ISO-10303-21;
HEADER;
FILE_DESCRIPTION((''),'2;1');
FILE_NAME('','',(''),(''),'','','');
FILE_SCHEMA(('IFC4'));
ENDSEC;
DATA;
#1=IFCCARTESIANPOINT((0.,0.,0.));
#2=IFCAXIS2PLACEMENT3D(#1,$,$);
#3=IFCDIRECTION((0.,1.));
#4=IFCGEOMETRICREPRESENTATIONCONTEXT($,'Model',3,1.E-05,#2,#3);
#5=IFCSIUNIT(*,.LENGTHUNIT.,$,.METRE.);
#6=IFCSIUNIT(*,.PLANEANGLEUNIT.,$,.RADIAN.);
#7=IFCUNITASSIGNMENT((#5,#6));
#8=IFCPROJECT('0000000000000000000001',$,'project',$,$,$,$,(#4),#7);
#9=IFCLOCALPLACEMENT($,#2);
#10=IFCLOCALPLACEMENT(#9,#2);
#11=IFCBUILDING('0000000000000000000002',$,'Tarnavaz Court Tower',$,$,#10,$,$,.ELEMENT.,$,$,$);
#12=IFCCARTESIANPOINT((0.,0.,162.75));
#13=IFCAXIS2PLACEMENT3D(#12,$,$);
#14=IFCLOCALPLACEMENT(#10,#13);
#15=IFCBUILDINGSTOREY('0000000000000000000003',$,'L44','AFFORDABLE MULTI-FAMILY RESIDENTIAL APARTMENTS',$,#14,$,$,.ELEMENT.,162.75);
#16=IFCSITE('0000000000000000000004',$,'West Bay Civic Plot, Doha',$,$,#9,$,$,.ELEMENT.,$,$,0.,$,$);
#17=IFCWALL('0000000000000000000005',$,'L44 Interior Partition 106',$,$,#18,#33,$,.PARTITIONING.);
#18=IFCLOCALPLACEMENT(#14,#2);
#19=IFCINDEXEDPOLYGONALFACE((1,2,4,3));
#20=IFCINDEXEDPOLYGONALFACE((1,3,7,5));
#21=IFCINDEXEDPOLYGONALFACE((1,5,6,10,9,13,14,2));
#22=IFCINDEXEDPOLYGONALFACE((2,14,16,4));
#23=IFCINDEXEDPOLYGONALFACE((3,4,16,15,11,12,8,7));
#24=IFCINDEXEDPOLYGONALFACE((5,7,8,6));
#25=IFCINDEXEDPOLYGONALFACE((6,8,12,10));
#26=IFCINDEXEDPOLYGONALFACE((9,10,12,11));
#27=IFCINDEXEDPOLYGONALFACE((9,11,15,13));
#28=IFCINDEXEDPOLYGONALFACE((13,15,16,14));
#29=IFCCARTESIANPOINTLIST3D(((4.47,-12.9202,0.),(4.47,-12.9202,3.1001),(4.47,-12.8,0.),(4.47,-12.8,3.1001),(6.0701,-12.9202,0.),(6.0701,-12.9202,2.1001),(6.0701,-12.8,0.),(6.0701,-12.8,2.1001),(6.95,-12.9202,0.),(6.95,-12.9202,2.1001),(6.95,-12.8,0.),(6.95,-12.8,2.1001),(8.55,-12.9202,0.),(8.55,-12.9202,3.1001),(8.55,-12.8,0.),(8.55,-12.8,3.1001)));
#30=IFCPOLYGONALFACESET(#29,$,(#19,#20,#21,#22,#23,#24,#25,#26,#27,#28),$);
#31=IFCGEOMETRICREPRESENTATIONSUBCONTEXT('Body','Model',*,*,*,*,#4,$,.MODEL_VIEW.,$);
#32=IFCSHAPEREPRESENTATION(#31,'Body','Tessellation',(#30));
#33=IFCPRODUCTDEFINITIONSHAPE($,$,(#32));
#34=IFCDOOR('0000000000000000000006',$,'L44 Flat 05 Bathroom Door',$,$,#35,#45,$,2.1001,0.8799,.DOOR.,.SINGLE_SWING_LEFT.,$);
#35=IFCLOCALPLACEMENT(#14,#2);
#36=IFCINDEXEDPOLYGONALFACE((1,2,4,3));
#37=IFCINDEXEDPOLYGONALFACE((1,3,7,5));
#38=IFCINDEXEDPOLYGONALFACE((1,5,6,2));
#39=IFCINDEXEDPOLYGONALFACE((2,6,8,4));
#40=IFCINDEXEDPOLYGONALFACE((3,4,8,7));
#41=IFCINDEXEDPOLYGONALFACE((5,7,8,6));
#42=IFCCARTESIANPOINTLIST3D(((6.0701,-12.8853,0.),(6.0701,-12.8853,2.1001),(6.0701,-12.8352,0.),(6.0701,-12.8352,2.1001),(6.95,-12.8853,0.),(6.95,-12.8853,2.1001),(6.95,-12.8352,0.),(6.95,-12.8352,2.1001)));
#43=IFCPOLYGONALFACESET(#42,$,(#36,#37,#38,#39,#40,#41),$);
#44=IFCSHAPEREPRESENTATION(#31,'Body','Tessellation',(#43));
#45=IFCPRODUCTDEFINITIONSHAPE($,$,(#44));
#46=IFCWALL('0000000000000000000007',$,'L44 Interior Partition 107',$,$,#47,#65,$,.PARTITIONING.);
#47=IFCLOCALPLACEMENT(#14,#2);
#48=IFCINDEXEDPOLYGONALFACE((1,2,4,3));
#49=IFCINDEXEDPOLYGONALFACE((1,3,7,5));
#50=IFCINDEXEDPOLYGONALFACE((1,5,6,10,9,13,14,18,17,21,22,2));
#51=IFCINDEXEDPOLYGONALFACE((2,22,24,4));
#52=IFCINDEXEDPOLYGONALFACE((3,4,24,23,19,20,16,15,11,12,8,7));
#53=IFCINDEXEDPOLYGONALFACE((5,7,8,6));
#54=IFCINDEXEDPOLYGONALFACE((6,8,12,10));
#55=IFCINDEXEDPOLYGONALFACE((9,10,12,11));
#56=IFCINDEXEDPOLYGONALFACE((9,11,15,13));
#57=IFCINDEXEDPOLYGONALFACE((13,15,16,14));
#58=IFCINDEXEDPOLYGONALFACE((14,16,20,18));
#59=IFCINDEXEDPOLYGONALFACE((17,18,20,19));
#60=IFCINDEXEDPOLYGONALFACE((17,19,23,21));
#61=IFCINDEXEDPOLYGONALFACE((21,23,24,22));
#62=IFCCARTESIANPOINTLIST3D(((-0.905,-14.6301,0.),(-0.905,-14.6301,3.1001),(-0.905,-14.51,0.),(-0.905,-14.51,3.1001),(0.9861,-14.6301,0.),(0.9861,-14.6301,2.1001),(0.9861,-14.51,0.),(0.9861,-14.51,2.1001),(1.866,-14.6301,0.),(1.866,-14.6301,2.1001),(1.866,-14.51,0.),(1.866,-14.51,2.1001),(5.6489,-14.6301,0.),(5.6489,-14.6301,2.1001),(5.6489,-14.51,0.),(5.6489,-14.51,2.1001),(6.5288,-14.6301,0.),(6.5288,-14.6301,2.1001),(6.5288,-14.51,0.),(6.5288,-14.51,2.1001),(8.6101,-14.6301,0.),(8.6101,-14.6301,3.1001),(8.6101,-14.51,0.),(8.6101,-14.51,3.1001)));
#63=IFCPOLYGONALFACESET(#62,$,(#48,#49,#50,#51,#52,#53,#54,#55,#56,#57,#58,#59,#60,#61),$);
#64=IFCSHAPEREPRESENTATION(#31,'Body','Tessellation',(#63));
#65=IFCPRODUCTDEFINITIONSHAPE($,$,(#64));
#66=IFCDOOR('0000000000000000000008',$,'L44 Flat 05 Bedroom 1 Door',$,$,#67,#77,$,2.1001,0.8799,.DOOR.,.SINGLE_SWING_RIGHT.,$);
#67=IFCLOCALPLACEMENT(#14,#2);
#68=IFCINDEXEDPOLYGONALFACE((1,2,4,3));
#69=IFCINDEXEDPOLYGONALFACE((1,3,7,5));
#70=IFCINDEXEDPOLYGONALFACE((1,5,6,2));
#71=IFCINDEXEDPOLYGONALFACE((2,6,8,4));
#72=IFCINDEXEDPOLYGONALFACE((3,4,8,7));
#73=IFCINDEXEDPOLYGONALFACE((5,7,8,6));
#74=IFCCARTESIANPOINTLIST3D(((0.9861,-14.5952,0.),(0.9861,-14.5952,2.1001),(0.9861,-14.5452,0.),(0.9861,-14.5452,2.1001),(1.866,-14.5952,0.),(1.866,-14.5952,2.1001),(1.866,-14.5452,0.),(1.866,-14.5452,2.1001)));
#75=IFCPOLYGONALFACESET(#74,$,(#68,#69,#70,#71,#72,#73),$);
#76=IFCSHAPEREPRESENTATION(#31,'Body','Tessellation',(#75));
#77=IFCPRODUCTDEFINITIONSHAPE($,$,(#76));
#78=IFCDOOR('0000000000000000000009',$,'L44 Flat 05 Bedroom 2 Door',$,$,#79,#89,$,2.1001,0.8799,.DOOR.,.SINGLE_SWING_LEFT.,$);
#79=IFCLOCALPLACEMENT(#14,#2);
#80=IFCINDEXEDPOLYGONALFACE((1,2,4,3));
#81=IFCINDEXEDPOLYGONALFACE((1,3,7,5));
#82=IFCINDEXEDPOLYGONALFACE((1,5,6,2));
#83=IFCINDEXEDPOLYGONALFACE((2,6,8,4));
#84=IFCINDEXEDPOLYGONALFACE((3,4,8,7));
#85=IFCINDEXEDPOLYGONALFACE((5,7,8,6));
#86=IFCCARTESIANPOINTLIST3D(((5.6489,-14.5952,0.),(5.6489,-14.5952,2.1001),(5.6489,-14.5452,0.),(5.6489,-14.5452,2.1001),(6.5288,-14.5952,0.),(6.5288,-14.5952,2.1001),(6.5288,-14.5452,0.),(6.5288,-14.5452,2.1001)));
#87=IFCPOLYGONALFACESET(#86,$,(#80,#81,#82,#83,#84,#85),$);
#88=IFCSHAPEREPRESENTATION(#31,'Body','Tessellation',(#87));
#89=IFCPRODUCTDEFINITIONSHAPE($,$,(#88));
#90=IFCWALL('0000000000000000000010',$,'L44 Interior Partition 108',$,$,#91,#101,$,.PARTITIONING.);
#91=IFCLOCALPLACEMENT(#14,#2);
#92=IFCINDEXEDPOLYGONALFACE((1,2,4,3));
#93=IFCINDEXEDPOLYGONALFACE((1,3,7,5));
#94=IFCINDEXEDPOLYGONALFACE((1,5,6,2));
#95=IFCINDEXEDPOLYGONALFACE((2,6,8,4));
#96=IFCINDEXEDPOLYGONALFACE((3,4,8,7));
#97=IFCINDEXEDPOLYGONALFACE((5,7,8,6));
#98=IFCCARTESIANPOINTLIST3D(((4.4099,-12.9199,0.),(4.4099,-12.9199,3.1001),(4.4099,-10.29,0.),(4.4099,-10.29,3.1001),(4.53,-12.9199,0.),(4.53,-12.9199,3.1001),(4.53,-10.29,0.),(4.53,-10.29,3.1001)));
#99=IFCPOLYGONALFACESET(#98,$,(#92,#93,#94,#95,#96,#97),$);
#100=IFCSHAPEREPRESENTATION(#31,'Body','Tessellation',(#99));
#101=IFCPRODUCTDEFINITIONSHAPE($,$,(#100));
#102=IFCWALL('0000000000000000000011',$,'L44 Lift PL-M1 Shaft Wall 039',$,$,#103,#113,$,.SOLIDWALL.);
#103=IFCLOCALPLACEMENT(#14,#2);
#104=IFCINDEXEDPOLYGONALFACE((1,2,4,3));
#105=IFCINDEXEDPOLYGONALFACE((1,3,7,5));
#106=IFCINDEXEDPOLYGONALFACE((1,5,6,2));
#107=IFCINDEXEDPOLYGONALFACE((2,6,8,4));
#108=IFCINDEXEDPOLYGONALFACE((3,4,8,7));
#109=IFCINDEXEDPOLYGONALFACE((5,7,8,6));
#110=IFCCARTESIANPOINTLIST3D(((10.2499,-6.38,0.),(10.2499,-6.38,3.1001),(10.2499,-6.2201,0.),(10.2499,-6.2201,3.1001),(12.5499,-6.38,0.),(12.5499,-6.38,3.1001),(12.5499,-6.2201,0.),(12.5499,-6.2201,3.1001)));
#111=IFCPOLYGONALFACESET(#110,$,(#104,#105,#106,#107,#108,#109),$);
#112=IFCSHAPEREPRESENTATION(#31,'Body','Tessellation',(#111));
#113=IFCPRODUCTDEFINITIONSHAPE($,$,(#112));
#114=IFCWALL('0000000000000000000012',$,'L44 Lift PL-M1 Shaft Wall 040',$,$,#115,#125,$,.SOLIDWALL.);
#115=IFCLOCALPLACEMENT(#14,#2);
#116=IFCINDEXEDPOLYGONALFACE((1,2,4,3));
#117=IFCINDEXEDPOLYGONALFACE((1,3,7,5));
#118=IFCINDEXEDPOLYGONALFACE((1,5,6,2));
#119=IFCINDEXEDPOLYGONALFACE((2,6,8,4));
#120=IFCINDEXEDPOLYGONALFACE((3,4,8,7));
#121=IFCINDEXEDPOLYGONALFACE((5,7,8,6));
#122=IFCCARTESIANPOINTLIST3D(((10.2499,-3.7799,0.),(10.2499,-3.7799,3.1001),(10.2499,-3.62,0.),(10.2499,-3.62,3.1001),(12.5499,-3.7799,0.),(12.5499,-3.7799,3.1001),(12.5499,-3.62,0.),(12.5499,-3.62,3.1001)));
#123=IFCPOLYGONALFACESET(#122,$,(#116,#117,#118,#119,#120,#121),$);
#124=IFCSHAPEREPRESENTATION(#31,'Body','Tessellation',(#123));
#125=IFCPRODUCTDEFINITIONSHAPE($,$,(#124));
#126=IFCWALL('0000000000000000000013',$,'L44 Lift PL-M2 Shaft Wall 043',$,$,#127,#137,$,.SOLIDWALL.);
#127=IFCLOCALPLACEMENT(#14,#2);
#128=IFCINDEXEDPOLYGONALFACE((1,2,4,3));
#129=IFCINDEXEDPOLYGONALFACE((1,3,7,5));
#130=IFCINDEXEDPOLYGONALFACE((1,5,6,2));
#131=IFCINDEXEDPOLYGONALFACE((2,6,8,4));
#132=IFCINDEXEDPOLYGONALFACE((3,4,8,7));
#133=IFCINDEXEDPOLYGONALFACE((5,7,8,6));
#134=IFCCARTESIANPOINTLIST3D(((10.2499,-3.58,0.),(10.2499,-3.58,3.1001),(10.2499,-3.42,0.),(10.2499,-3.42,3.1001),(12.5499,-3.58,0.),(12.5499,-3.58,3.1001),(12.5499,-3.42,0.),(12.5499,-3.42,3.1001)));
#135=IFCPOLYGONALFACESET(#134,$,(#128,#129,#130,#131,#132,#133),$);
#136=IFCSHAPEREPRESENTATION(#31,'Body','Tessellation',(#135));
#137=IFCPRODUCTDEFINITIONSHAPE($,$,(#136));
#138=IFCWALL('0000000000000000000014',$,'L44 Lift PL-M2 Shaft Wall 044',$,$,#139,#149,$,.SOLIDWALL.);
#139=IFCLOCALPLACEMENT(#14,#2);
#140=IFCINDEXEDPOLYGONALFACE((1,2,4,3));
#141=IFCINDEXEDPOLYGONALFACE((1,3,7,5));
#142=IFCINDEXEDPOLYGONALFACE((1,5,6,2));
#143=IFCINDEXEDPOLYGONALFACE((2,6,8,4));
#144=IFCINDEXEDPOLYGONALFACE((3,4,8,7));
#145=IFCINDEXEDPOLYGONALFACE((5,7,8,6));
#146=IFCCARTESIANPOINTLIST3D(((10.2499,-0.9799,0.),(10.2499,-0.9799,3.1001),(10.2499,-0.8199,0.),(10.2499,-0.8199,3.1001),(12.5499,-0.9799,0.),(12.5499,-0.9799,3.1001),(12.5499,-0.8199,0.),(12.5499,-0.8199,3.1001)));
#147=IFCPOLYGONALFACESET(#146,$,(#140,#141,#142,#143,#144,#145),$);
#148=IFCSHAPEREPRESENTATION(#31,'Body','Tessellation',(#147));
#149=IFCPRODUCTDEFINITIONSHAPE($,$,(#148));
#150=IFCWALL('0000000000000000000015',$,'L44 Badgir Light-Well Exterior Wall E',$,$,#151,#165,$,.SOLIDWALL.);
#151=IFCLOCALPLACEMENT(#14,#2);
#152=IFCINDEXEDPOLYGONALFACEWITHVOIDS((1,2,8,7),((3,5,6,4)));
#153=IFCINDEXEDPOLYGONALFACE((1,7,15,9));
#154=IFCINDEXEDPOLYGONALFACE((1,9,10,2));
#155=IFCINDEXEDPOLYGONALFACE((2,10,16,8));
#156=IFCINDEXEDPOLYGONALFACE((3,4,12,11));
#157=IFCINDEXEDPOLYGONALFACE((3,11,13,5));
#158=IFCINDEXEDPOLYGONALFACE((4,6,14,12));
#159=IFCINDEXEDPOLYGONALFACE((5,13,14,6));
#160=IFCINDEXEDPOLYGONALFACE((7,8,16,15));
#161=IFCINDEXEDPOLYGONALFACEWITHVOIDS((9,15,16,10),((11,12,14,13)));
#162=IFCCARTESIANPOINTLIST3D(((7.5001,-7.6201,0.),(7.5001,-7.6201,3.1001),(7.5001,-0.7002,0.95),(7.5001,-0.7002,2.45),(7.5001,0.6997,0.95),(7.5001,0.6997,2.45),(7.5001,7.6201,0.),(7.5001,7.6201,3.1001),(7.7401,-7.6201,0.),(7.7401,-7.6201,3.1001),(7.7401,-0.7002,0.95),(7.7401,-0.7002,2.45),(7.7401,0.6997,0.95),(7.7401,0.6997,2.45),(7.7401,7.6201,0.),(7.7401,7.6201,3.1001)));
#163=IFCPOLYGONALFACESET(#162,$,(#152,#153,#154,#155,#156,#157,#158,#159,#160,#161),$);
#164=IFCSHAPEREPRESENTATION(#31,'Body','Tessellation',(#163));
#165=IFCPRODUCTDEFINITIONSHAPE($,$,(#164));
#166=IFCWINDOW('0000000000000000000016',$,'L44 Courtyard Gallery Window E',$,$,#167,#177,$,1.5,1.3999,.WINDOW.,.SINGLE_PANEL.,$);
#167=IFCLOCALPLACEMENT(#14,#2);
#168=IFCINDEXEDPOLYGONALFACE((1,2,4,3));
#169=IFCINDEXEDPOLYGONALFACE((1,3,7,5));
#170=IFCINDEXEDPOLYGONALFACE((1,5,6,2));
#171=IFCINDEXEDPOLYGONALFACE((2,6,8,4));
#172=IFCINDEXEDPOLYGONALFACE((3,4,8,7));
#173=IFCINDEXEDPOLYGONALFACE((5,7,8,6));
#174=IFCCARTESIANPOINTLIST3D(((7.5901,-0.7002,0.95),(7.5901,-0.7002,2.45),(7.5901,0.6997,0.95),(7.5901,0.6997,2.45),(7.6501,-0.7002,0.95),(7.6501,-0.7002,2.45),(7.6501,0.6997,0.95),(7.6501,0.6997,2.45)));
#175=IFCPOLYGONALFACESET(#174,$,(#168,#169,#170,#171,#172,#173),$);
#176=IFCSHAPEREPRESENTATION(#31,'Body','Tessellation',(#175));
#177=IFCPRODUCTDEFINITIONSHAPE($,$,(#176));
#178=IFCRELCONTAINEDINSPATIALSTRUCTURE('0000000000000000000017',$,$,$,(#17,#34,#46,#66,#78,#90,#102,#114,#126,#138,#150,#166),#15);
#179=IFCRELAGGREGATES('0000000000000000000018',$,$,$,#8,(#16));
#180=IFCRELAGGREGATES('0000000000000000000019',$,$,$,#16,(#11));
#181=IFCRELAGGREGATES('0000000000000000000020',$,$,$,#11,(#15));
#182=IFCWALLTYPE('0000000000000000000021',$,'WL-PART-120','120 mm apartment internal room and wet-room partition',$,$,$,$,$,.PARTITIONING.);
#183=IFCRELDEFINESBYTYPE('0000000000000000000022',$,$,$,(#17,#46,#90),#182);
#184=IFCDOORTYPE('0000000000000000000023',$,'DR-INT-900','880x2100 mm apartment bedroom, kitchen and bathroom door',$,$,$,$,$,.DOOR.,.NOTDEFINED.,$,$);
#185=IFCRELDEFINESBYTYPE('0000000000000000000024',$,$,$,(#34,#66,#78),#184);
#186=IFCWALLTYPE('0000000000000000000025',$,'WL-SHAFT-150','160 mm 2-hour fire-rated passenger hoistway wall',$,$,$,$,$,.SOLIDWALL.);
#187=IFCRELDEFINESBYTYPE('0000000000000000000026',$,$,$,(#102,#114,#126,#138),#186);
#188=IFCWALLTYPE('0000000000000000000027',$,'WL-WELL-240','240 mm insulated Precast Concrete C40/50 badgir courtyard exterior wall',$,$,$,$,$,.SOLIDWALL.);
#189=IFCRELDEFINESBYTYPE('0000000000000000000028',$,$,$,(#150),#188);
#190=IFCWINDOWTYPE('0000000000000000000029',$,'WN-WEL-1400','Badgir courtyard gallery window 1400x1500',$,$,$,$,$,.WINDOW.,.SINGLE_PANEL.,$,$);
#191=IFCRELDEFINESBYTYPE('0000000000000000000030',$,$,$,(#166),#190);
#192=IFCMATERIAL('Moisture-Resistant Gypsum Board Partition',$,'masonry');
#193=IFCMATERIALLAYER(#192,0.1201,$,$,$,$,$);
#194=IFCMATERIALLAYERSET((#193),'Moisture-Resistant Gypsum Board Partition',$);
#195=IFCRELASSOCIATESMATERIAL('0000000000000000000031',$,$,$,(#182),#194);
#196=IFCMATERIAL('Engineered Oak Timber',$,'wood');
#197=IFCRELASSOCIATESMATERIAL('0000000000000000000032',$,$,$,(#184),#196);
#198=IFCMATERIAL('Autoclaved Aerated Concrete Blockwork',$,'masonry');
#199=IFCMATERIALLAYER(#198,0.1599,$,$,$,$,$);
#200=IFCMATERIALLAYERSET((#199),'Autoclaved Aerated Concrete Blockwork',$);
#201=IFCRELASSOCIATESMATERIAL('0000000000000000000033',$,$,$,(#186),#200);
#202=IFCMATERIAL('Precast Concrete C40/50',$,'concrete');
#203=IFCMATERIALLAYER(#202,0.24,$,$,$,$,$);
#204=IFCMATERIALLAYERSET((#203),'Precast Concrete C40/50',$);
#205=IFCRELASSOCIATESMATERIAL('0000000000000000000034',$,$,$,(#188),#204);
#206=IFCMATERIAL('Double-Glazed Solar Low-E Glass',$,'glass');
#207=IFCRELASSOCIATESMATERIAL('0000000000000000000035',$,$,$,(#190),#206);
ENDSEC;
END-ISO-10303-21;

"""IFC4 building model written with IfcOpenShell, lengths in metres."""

from ifc_helpers import new_model, si_unit, direction, frame, frame_2d, origin, place, context, subcontext, project, spatial, rectangle, extrude, material, layer, layer_set, type_object, element, fill, save


model = new_model("IFC4")

# Units and contexts
model_context = context("Model", 3, precision=1e-05, world=origin(), true_north=direction((0.0, 1.0)))
body_context = subcontext(model_context, "Body", "Model", "MODEL_VIEW")
ifc_project = project(units=[si_unit("LENGTHUNIT", "METRE"), si_unit("PLANEANGLEUNIT", "RADIAN")], contexts=[model_context])

# Site, building, storey
site_placement = place(None, origin())
site = spatial("IfcSite", under=ifc_project, at=site_placement, Name="West Bay Civic Plot, Doha", CompositionType="ELEMENT", RefElevation=0.0)
building_placement = place(site_placement, origin())
building = spatial("IfcBuilding", under=site, at=building_placement, Name="Tarnavaz Court Tower", CompositionType="ELEMENT")
storey_placement = place(building_placement, frame((0.0, 0.0, 162.75)))
storey = spatial("IfcBuildingStorey", under=building, at=storey_placement, Name="L44", Description="AFFORDABLE MULTI-FAMILY RESIDENTIAL APARTMENTS", CompositionType="ELEMENT", Elevation=162.75)

# Wall, opening, door
ifc_material_1 = material(Name="Moisture-Resistant Gypsum Board Partition", Category="masonry")
ifc_layer_1 = layer(ifc_material_1, 0.1201)
ifc_layer_set_1 = layer_set([ifc_layer_1], Name="Moisture-Resistant Gypsum Board Partition")
wall_type_1 = type_object("IfcWallType", Name="WL-PART-120", Description="120 mm apartment internal room and wet-room partition", PredefinedType="PARTITIONING", material=ifc_layer_set_1)
ifc_material_2 = material(Name="Engineered Oak Timber", Category="wood")
door_type_1 = type_object("IfcDoorType", Name="DR-INT-900", Description="880x2100 mm apartment bedroom, kitchen and bathroom door", OperationType="NOTDEFINED", PredefinedType="DOOR", material=ifc_material_2)
wall_1_placement = place(storey_placement, frame((4.47, -12.8601, 0.0), z_axis=(0.0, 0.0, 1.0), x_axis=(1.0, 0.0, 0.0)))
wall_1 = element("IfcWall", 1, at=wall_1_placement, inside=storey, type_object=wall_type_1, Name="L44 Interior Partition 106", PredefinedType="PARTITIONING", context=body_context, shape_type="SweptSolid", body=[
    extrude(rectangle(XDim=4.0801, YDim=0.1201, at=frame_2d((2.04, 0.0))), origin(), (0.0, 0.0, 1.0), 3.1001),
])
opening_1_placement = place(wall_1_placement, frame((1.6001, 0.0, 0.0)))
opening_1 = element("IfcOpeningElement", 2, at=opening_1_placement, cuts=wall_1, PredefinedType="OPENING", context=body_context, shape_type="SweptSolid", body=[
    extrude(rectangle(XDim=0.8799, YDim=2.1001, at=frame_2d((0.4399, 1.05))), frame((0.0, 0.0701, 0.0), z_axis=(0.0, -1.0, 0.0), x_axis=(1.0, 0.0, 0.0)), (0.0, 0.0, 1.0), 0.1401),
])
door_1_placement = place(opening_1_placement, origin())
door_1 = element("IfcDoor", 3, at=door_1_placement, inside=storey, type_object=door_type_1, Name="L44 Flat 05 Bathroom Door", OperationType="SINGLE_SWING_LEFT", OverallHeight=2.1001, OverallWidth=0.8799, PredefinedType="DOOR", context=body_context, shape_type="SweptSolid", body=[
    extrude(rectangle(XDim=0.8799, YDim=2.1001, at=frame_2d((0.4399, 1.05))), frame((0.0, 0.0249, 0.0), z_axis=(0.0, -1.0, 0.0), x_axis=(1.0, 0.0, 0.0)), (0.0, 0.0, 1.0), 0.05),
])
fill(opening_1, door_1)

# Wall, openings, doors
wall_2_placement = place(storey_placement, frame((-0.905, -14.5701, 0.0), z_axis=(0.0, 0.0, 1.0), x_axis=(1.0, 0.0, 0.0)))
wall_2 = element("IfcWall", 4, at=wall_2_placement, inside=storey, type_object=wall_type_1, Name="L44 Interior Partition 107", PredefinedType="PARTITIONING", context=body_context, shape_type="SweptSolid", body=[
    extrude(rectangle(XDim=9.5151, YDim=0.1201, at=frame_2d((4.7576, 0.0))), origin(), (0.0, 0.0, 1.0), 3.1001),
])
opening_2_placement = place(wall_2_placement, frame((1.8911, 0.0, 0.0)))
opening_2 = element("IfcOpeningElement", 5, at=opening_2_placement, cuts=wall_2, PredefinedType="OPENING", context=body_context, shape_type="SweptSolid", body=[
    extrude(rectangle(XDim=0.8799, YDim=2.1001, at=frame_2d((0.4399, 1.05))), frame((0.0, 0.0701, 0.0), z_axis=(0.0, -1.0, 0.0), x_axis=(1.0, 0.0, 0.0)), (0.0, 0.0, 1.0), 0.1401),
])
opening_3_placement = place(wall_2_placement, frame((6.554, 0.0, 0.0)))
opening_3 = element("IfcOpeningElement", 6, at=opening_3_placement, cuts=wall_2, PredefinedType="OPENING", context=body_context, shape_type="SweptSolid", body=[
    extrude(rectangle(XDim=0.8799, YDim=2.1001, at=frame_2d((0.4399, 1.05))), frame((0.0, 0.0701, 0.0), z_axis=(0.0, -1.0, 0.0), x_axis=(1.0, 0.0, 0.0)), (0.0, 0.0, 1.0), 0.1401),
])
door_2_placement = place(opening_2_placement, origin())
door_2 = element("IfcDoor", 7, at=door_2_placement, inside=storey, type_object=door_type_1, Name="L44 Flat 05 Bedroom 1 Door", OperationType="SINGLE_SWING_RIGHT", OverallHeight=2.1001, OverallWidth=0.8799, PredefinedType="DOOR", context=body_context, shape_type="SweptSolid", body=[
    extrude(rectangle(XDim=0.8799, YDim=2.1001, at=frame_2d((0.4399, 1.05))), frame((0.0, 0.0249, 0.0), z_axis=(0.0, -1.0, 0.0), x_axis=(1.0, 0.0, 0.0)), (0.0, 0.0, 1.0), 0.05),
])
fill(opening_2, door_2)
door_3_placement = place(opening_3_placement, origin())
door_3 = element("IfcDoor", 8, at=door_3_placement, inside=storey, type_object=door_type_1, Name="L44 Flat 05 Bedroom 2 Door", OperationType="SINGLE_SWING_LEFT", OverallHeight=2.1001, OverallWidth=0.8799, PredefinedType="DOOR", context=body_context, shape_type="SweptSolid", body=[
    extrude(rectangle(XDim=0.8799, YDim=2.1001, at=frame_2d((0.4399, 1.05))), frame((0.0, 0.0249, 0.0), z_axis=(0.0, -1.0, 0.0), x_axis=(1.0, 0.0, 0.0)), (0.0, 0.0, 1.0), 0.05),
])
fill(opening_3, door_3)

# Wall
wall_3_placement = place(storey_placement, frame((4.47, -12.9199, 0.0), z_axis=(0.0, 0.0, 1.0), x_axis=(0.0, 1.0, 0.0)))
element("IfcWall", 9, at=wall_3_placement, inside=storey, type_object=wall_type_1, Name="L44 Interior Partition 108", PredefinedType="PARTITIONING", context=body_context, shape_type="SweptSolid", body=[
    extrude(rectangle(XDim=2.6299, YDim=0.1201, at=frame_2d((1.3149, 0.0))), origin(), (0.0, 0.0, 1.0), 3.1001),
])

# Shared definitions
ifc_material_3 = material(Name="Autoclaved Aerated Concrete Blockwork", Category="masonry")
ifc_layer_2 = layer(ifc_material_3, 0.1599)
ifc_layer_set_2 = layer_set([ifc_layer_2], Name="Autoclaved Aerated Concrete Blockwork")
wall_type_2 = type_object("IfcWallType", Name="WL-SHAFT-150", Description="160 mm 2-hour fire-rated passenger hoistway wall", PredefinedType="SOLIDWALL", material=ifc_layer_set_2)

# Walls
for number, where, z_axis, x_axis, name in (
    (10, (10.25, -6.3, 0.0), (0.0, 0.0, 1.0), (1.0, 0.0, 0.0), "L44 Lift PL-M1 Shaft Wall 039"),
    (11, (10.25, -3.7, 0.0), (0.0, 0.0, 1.0), (1.0, 0.0, 0.0), "L44 Lift PL-M1 Shaft Wall 040"),
):
    element("IfcWall", number, at=place(storey_placement, frame(where, z_axis=z_axis, x_axis=x_axis)), inside=storey, type_object=wall_type_2, Name=name, PredefinedType="SOLIDWALL", context=body_context, shape_type="SweptSolid", body=[
        extrude(rectangle(XDim=2.3, YDim=0.1599, at=frame_2d((1.1499, 0.0))), origin(), (0.0, 0.0, 1.0), 3.1001),
    ])

# Walls
for number, where, z_axis, x_axis, name in (
    (12, (10.25, -3.5, 0.0), (0.0, 0.0, 1.0), (1.0, 0.0, 0.0), "L44 Lift PL-M2 Shaft Wall 043"),
    (13, (10.25, -0.8999, 0.0), (0.0, 0.0, 1.0), (1.0, 0.0, 0.0), "L44 Lift PL-M2 Shaft Wall 044"),
):
    element("IfcWall", number, at=place(storey_placement, frame(where, z_axis=z_axis, x_axis=x_axis)), inside=storey, type_object=wall_type_2, Name=name, PredefinedType="SOLIDWALL", context=body_context, shape_type="SweptSolid", body=[
        extrude(rectangle(XDim=2.3, YDim=0.1599, at=frame_2d((1.1499, 0.0))), origin(), (0.0, 0.0, 1.0), 3.1001),
    ])

# Wall, opening, window
ifc_material_4 = material(Name="Precast Concrete C40/50", Category="concrete")
ifc_layer_3 = layer(ifc_material_4, 0.24)
ifc_layer_set_3 = layer_set([ifc_layer_3], Name="Precast Concrete C40/50")
wall_type_3 = type_object("IfcWallType", Name="WL-WELL-240", Description="240 mm insulated Precast Concrete C40/50 badgir courtyard exterior wall", PredefinedType="SOLIDWALL", material=ifc_layer_set_3)
wall_4_placement = place(storey_placement, frame((7.6201, -7.6201, 0.0), z_axis=(0.0, 0.0, 1.0), x_axis=(0.0, 1.0, 0.0)))
wall_4 = element("IfcWall", 14, at=wall_4_placement, inside=storey, type_object=wall_type_3, Name="L44 Badgir Light-Well Exterior Wall E", PredefinedType="SOLIDWALL", context=body_context, shape_type="SweptSolid", body=[
    extrude(rectangle(XDim=15.2402, YDim=0.24, at=frame_2d((7.6201, 0.0))), origin(), (0.0, 0.0, 1.0), 3.1001),
])
opening_4_placement = place(wall_4_placement, frame((6.9199, 0.0, 0.95)))
opening_4 = element("IfcOpeningElement", 15, at=opening_4_placement, cuts=wall_4, PredefinedType="OPENING", context=body_context, shape_type="SweptSolid", body=[
    extrude(rectangle(XDim=1.3999, YDim=1.5, at=frame_2d((0.7, 0.75))), frame((0.0, 0.1299, 0.0), z_axis=(0.0, -1.0, 0.0), x_axis=(1.0, 0.0, 0.0)), (0.0, 0.0, 1.0), 0.26),
])
ifc_material_5 = material(Name="Double-Glazed Solar Low-E Glass", Category="glass")
window_type = type_object("IfcWindowType", Name="WN-WEL-1400", Description="Badgir courtyard gallery window 1400x1500", PartitioningType="SINGLE_PANEL", PredefinedType="WINDOW", material=ifc_material_5)
window_placement = place(opening_4_placement, origin())
window = element("IfcWindow", 16, at=window_placement, inside=storey, type_object=window_type, Name="L44 Courtyard Gallery Window E", OverallHeight=1.5, OverallWidth=1.3999, PartitioningType="SINGLE_PANEL", PredefinedType="WINDOW", context=body_context, shape_type="SweptSolid", body=[
    extrude(rectangle(XDim=1.3999, YDim=1.5, at=frame_2d((0.7, 0.75))), frame((0.0, 0.03, 0.0), z_axis=(0.0, -1.0, 0.0), x_axis=(1.0, 0.0, 0.0)), (0.0, 0.0, 1.0), 0.0601),
])
fill(opening_4, window)

save(model, "model.ifc")
